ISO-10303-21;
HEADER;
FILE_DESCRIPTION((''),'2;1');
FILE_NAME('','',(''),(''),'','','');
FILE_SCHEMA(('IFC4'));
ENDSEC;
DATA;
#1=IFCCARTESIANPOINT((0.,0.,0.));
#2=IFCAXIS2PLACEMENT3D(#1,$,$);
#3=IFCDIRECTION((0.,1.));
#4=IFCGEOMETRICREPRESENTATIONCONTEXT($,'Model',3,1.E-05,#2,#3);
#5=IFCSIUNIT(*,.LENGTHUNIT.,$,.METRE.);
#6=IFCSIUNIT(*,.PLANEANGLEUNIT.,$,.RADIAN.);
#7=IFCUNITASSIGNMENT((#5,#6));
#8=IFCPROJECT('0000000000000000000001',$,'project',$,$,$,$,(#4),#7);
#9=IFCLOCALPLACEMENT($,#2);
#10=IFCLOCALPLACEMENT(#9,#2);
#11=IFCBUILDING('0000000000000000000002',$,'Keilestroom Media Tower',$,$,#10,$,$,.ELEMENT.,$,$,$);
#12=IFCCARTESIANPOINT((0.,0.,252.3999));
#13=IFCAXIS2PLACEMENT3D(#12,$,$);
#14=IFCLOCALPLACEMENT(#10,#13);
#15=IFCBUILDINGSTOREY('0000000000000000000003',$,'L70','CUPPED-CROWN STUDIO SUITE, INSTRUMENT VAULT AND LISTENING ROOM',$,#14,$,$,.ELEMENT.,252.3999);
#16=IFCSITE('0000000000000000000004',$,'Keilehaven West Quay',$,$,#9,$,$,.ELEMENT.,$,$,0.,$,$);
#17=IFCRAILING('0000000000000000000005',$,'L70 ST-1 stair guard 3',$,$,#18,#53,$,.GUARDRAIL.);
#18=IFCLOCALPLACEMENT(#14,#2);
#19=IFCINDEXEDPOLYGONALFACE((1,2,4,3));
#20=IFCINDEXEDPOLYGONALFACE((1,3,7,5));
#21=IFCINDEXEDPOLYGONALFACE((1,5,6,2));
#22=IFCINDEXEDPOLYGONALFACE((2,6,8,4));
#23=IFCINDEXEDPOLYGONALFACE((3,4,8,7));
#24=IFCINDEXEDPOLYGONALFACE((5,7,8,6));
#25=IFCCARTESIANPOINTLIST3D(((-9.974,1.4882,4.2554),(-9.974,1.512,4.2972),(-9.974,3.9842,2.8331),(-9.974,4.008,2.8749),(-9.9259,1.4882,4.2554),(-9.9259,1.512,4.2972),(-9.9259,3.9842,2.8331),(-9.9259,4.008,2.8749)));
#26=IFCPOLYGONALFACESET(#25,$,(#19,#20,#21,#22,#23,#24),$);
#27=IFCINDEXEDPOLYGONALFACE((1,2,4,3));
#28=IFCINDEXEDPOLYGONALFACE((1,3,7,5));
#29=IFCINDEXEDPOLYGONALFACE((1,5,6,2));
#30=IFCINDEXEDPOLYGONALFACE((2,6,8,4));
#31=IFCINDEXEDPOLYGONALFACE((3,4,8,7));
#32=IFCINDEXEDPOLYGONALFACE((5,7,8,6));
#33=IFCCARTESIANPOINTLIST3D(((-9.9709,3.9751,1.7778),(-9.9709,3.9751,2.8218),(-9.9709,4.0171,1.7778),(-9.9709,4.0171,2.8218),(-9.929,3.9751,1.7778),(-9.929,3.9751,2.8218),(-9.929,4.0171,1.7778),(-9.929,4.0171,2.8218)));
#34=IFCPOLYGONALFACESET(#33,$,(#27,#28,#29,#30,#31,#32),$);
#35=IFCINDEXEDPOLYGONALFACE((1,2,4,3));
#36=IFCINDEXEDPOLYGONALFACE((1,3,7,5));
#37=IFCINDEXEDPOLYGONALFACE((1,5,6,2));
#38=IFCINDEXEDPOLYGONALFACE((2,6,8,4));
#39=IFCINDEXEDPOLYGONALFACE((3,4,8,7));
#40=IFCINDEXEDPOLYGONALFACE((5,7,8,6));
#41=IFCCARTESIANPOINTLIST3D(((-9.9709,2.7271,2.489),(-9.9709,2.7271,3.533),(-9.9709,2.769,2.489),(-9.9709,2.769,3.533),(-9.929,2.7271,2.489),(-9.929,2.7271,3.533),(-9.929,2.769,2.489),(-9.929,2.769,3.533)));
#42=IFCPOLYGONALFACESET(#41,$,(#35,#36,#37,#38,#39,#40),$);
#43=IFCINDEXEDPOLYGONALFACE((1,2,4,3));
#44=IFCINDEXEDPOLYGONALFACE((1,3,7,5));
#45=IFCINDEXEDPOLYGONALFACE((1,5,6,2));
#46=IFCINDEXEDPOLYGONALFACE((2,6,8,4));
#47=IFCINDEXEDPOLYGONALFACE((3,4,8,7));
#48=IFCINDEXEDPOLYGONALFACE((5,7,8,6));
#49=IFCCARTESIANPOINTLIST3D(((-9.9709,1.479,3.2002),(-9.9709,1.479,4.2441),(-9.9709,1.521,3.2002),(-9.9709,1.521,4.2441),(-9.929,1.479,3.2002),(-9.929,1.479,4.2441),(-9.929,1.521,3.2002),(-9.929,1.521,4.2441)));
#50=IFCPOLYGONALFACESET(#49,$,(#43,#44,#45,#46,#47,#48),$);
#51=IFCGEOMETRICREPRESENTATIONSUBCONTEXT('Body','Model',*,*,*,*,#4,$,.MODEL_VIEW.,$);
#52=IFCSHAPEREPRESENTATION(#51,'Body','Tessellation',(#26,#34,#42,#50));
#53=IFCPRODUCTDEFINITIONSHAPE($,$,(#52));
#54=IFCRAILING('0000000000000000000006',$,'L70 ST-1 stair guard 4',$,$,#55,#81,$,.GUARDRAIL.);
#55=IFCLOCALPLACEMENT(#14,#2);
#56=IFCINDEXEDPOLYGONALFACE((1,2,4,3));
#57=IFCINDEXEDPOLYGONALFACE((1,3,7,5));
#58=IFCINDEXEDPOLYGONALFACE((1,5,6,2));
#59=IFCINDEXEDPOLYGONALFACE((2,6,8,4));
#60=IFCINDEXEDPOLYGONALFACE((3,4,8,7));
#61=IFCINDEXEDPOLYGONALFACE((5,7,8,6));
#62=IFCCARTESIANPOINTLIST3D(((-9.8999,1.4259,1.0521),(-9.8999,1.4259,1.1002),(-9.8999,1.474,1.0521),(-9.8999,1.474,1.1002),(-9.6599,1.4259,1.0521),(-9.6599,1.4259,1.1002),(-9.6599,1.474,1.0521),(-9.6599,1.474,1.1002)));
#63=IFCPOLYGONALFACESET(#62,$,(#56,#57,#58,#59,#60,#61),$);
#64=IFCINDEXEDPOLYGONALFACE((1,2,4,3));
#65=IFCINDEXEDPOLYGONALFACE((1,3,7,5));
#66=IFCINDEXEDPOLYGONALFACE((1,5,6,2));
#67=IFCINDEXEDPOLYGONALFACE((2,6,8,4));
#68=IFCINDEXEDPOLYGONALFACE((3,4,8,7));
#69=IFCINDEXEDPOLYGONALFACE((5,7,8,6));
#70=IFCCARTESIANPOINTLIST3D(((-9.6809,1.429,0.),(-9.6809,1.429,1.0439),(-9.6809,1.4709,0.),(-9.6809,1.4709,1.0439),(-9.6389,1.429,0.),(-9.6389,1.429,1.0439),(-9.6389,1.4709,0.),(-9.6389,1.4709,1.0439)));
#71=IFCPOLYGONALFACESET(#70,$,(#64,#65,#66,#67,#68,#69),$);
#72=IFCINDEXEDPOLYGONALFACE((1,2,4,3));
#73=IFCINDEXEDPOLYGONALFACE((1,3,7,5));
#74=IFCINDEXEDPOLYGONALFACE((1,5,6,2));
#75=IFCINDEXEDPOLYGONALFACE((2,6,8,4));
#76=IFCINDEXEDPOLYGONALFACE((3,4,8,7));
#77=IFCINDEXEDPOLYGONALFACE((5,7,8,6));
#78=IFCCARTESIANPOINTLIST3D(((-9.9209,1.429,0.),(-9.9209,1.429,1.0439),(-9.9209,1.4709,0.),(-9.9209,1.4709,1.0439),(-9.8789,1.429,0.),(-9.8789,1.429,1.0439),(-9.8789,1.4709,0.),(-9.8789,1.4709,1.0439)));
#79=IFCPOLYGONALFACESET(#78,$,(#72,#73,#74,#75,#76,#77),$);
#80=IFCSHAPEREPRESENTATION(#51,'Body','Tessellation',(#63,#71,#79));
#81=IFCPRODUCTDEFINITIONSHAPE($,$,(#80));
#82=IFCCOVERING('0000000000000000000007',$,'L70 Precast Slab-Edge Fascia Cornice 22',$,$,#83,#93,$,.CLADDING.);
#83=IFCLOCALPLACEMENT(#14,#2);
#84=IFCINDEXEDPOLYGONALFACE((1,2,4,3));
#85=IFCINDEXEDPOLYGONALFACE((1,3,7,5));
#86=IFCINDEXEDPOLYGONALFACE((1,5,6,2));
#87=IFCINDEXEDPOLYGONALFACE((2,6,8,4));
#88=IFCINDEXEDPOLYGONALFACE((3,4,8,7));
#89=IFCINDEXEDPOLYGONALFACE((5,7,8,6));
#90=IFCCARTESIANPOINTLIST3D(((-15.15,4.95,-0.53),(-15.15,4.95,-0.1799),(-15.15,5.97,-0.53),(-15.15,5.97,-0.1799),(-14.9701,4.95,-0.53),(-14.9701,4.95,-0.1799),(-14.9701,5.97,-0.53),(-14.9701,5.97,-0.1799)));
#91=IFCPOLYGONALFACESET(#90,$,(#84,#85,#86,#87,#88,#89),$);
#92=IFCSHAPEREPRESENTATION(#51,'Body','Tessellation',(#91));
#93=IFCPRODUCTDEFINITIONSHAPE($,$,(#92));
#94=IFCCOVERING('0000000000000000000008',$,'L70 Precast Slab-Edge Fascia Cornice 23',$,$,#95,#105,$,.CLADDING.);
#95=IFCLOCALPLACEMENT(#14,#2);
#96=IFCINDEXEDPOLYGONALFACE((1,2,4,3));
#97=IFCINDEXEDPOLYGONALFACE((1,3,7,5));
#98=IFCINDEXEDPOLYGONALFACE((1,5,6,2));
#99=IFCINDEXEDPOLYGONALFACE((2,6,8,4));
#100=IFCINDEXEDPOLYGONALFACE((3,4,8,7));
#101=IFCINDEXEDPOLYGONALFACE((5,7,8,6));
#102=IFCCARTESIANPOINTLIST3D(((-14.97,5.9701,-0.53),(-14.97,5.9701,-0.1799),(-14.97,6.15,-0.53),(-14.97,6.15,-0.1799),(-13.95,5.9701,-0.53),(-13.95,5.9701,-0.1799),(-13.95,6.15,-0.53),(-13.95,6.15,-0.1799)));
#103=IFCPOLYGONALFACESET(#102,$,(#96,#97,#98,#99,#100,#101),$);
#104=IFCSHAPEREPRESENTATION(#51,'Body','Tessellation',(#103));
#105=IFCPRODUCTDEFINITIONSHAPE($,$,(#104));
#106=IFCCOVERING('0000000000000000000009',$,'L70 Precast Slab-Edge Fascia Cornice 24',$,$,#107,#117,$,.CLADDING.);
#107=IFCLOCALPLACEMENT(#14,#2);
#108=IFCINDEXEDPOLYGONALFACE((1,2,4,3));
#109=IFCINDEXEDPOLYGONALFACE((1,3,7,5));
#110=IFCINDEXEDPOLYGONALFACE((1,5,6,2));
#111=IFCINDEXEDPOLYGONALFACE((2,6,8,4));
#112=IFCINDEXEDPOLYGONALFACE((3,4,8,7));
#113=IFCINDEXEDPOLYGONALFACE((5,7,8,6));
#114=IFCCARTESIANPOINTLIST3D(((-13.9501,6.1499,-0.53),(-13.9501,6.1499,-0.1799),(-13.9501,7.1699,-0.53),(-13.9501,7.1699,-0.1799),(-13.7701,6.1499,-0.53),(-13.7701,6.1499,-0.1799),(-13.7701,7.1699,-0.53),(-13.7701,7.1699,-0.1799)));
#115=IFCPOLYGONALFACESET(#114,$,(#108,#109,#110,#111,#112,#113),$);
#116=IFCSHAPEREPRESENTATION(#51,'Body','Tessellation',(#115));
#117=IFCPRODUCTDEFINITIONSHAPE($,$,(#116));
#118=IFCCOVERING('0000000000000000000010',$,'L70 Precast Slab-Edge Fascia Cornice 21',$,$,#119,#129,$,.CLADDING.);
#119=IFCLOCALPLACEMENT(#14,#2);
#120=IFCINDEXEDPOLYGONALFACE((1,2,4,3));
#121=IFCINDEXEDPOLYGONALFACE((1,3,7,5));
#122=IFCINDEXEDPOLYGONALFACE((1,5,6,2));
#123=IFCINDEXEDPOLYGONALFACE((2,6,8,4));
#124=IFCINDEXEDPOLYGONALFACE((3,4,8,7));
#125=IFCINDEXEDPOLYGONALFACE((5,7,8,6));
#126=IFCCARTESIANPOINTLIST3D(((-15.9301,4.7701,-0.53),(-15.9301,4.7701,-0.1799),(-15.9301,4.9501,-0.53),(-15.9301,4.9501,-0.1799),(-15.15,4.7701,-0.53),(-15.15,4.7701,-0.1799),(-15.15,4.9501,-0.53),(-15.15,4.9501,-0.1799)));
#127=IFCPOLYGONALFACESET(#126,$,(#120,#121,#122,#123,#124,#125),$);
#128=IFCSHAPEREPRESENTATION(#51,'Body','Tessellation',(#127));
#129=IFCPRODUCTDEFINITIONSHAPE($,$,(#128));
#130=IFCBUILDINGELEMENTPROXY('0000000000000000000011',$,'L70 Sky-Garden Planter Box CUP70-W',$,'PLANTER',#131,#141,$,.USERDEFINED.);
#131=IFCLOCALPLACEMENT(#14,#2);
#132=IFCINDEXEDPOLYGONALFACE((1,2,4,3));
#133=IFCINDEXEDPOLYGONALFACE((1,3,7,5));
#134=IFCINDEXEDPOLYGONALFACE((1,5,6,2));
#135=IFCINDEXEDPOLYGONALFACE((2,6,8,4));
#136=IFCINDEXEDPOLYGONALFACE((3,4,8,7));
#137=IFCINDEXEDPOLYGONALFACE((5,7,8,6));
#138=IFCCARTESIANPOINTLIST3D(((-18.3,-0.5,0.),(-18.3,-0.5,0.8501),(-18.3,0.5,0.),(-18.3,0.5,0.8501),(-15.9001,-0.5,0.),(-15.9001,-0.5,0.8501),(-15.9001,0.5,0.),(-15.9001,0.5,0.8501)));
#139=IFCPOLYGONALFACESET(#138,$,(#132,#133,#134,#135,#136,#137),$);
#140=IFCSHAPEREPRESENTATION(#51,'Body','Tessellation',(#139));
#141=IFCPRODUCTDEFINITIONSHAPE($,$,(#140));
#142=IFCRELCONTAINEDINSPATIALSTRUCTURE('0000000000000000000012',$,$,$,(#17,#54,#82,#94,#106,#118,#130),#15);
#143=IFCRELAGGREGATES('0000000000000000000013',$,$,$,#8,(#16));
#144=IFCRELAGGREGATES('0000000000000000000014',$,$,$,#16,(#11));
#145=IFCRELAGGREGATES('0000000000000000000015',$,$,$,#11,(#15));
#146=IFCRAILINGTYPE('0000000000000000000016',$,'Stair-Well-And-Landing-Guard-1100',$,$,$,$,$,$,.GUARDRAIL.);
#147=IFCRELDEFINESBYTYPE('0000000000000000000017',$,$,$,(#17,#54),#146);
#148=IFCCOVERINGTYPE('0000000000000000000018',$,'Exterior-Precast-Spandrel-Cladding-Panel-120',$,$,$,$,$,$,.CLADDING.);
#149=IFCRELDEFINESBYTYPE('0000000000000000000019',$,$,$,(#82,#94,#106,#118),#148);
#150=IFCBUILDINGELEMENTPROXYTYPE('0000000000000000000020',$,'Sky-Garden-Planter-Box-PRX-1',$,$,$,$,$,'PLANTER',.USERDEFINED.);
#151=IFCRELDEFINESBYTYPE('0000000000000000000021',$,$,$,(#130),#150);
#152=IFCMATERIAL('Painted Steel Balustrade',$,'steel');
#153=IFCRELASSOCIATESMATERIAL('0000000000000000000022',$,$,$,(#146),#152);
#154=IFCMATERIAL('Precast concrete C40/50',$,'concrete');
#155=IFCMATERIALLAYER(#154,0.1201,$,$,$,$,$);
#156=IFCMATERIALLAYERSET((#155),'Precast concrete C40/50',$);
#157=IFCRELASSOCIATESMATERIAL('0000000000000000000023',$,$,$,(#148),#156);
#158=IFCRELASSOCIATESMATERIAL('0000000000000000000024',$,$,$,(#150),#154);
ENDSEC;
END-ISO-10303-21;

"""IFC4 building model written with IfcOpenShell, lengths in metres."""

from ifc_helpers import new_model, si_unit, direction, frame, origin, origin_2d, place, context, subcontext, project, spatial, rectangle, extrude, source, transform, mapped, material, layer, layer_set, type_object, element, save


model = new_model("IFC4")

# Units and contexts
model_context = context("Model", 3, precision=1e-05, world=origin(), true_north=direction((0.0, 1.0)))
body_context = subcontext(model_context, "Body", "Model", "MODEL_VIEW")
ifc_project = project(units=[si_unit("LENGTHUNIT", "METRE"), si_unit("PLANEANGLEUNIT", "RADIAN")], contexts=[model_context])

# Site, building, storey
site_placement = place(None, origin())
site = spatial("IfcSite", under=ifc_project, at=site_placement, Name="Keilehaven West Quay", CompositionType="ELEMENT", RefElevation=0.0)
building_placement = place(site_placement, origin())
building = spatial("IfcBuilding", under=site, at=building_placement, Name="Keilestroom Media Tower", CompositionType="ELEMENT")
storey_placement = place(building_placement, frame((0.0, 0.0, 252.3999)))
storey = spatial("IfcBuildingStorey", under=building, at=storey_placement, Name="L70", Description="CUPPED-CROWN STUDIO SUITE, INSTRUMENT VAULT AND LISTENING ROOM", CompositionType="ELEMENT", Elevation=252.3999)

# Shared definitions
ifc_material_1 = material(Name="Precast concrete C40/50", Category="concrete")

# Railings
ifc_material_2 = material(Name="Painted Steel Balustrade", Category="steel")
railing_type_1 = type_object("IfcRailingType", Name="Stair-Well-And-Landing-Guard-1100", PredefinedType="GUARDRAIL", material=ifc_material_2)
railing_1_placement = place(storey_placement, frame((-9.95, 3.9961, 1.7778)))
element("IfcRailing", 1, at=railing_1_placement, inside=storey, type_object=railing_type_1, Name="L70 ST-1 stair guard 3", PredefinedType="GUARDRAIL", context=body_context, shape_type="SweptSolid", body=[
    extrude(rectangle(XDim=0.0481, YDim=0.0481, at=origin_2d()), frame((0.0, 0.0, 1.0762), z_axis=(0.0, -0.868839, 0.495095), x_axis=(1.0, 0.0, 0.0)), (0.0, 0.0, 1.0), 2.8728),
    extrude(rectangle(XDim=0.042, YDim=0.042, at=origin_2d()), origin(), (0.0, 0.0, 1.0), 1.0439),
    extrude(rectangle(XDim=0.042, YDim=0.042, at=origin_2d()), frame((0.0, -1.248, 0.7112)), (0.0, 0.0, 1.0), 1.0439),
    extrude(rectangle(XDim=0.042, YDim=0.042, at=origin_2d()), frame((0.0, -2.4961, 1.4224)), (0.0, 0.0, 1.0), 1.0439),
])
railing_2_placement = place(storey_placement, frame((-9.6599, 1.45, 0.0)))
element("IfcRailing", 2, at=railing_2_placement, inside=storey, type_object=railing_type_1, Name="L70 ST-1 stair guard 4", PredefinedType="GUARDRAIL", context=body_context, shape_type="SweptSolid", body=[
    extrude(rectangle(XDim=0.0481, YDim=0.0481, at=origin_2d()), frame((0.0, 0.0, 1.0762), z_axis=(-1.0, 0.0, 0.0), x_axis=(0.0, -1.0, 0.0)), (0.0, 0.0, 1.0), 0.24),
    extrude(rectangle(XDim=0.042, YDim=0.042, at=origin_2d()), origin(), (0.0, 0.0, 1.0), 1.0439),
    extrude(rectangle(XDim=0.042, YDim=0.042, at=origin_2d()), frame((-0.24, 0.0, 0.0)), (0.0, 0.0, 1.0), 1.0439),
])

# Coverings
ifc_layer_1 = layer(ifc_material_1, 0.1201)
ifc_layer_set_1 = layer_set([ifc_layer_1], Name="Precast concrete C40/50")
covering_type = type_object("IfcCoveringType", Name="Exterior-Precast-Spandrel-Cladding-Panel-120", PredefinedType="CLADDING", material=ifc_layer_set_1)
shared_shape_1 = source(origin(), body_context, "Body", "SweptSolid", [
    extrude(rectangle(XDim=1.02, YDim=0.1799, at=origin_2d()), origin(), (0.0, 0.0, 1.0), 0.3501),
])
for number, where, z_axis, x_axis, name in (
    (3, (-15.0601, 5.46, -0.53), (0.0, 0.0, 1.0), (0.0, 1.0, 0.0), "L70 Precast Slab-Edge Fascia Cornice 22"),
    (4, (-14.46, 6.0601, -0.53), (0.0, 0.0, 1.0), (1.0, 0.0, 0.0), "L70 Precast Slab-Edge Fascia Cornice 23"),
    (5, (-13.8601, 6.6599, -0.53), (0.0, 0.0, 1.0), (0.0, 1.0, 0.0), "L70 Precast Slab-Edge Fascia Cornice 24"),
):
    element("IfcCovering", number, at=place(storey_placement, frame(where, z_axis=z_axis, x_axis=x_axis)), inside=storey, type_object=covering_type, Name=name, PredefinedType="CLADDING", context=body_context, shape_type="MappedRepresentation", body=[
        mapped(shared_shape_1, transform((0.0, 0.0, 0.0), x_axis=(1.0, 0.0, 0.0), y_axis=(0.0, 1.0, 0.0), z_axis=(0.0, 0.0, 1.0), scale=1.0)),
    ])
shared_shape_2 = source(origin(), body_context, "Body", "SweptSolid", [
    extrude(rectangle(XDim=0.78, YDim=0.1799, at=origin_2d()), origin(), (0.0, 0.0, 1.0), 0.3501),
])
covering_placement = place(storey_placement, frame((-15.54, 4.8601, -0.53), z_axis=(0.0, 0.0, 1.0), x_axis=(1.0, 0.0, 0.0)))
element("IfcCovering", 6, at=covering_placement, inside=storey, type_object=covering_type, Name="L70 Precast Slab-Edge Fascia Cornice 21", PredefinedType="CLADDING", context=body_context, shape_type="MappedRepresentation", body=[
    mapped(shared_shape_2, transform((0.0, 0.0, 0.0), x_axis=(1.0, 0.0, 0.0), y_axis=(0.0, 1.0, 0.0), z_axis=(0.0, 0.0, 1.0), scale=1.0)),
])

# Building element proxy
building_element_proxy_type = type_object("IfcBuildingElementProxyType", Name="Sky-Garden-Planter-Box-PRX-1", ElementType="PLANTER", PredefinedType="USERDEFINED", material=ifc_material_1)
shared_shape_3 = source(origin(), body_context, "Body", "SweptSolid", [
    extrude(rectangle(XDim=2.3999, YDim=1.0, at=origin_2d()), origin(), (0.0, 0.0, 1.0), 0.8501),
])
proxy_placement = place(storey_placement, frame((-17.1001, 0.0, 0.0), z_axis=(0.0, 0.0, 1.0), x_axis=(1.0, 0.0, 0.0)))
element("IfcBuildingElementProxy", 7, at=proxy_placement, inside=storey, type_object=building_element_proxy_type, Name="L70 Sky-Garden Planter Box CUP70-W", ObjectType="PLANTER", PredefinedType="USERDEFINED", context=body_context, shape_type="MappedRepresentation", body=[
    mapped(shared_shape_3, transform((0.0, 0.0, 0.0), x_axis=(1.0, 0.0, 0.0), y_axis=(0.0, 1.0, 0.0), z_axis=(0.0, 0.0, 1.0), scale=1.0)),
])

save(model, "model.ifc")
